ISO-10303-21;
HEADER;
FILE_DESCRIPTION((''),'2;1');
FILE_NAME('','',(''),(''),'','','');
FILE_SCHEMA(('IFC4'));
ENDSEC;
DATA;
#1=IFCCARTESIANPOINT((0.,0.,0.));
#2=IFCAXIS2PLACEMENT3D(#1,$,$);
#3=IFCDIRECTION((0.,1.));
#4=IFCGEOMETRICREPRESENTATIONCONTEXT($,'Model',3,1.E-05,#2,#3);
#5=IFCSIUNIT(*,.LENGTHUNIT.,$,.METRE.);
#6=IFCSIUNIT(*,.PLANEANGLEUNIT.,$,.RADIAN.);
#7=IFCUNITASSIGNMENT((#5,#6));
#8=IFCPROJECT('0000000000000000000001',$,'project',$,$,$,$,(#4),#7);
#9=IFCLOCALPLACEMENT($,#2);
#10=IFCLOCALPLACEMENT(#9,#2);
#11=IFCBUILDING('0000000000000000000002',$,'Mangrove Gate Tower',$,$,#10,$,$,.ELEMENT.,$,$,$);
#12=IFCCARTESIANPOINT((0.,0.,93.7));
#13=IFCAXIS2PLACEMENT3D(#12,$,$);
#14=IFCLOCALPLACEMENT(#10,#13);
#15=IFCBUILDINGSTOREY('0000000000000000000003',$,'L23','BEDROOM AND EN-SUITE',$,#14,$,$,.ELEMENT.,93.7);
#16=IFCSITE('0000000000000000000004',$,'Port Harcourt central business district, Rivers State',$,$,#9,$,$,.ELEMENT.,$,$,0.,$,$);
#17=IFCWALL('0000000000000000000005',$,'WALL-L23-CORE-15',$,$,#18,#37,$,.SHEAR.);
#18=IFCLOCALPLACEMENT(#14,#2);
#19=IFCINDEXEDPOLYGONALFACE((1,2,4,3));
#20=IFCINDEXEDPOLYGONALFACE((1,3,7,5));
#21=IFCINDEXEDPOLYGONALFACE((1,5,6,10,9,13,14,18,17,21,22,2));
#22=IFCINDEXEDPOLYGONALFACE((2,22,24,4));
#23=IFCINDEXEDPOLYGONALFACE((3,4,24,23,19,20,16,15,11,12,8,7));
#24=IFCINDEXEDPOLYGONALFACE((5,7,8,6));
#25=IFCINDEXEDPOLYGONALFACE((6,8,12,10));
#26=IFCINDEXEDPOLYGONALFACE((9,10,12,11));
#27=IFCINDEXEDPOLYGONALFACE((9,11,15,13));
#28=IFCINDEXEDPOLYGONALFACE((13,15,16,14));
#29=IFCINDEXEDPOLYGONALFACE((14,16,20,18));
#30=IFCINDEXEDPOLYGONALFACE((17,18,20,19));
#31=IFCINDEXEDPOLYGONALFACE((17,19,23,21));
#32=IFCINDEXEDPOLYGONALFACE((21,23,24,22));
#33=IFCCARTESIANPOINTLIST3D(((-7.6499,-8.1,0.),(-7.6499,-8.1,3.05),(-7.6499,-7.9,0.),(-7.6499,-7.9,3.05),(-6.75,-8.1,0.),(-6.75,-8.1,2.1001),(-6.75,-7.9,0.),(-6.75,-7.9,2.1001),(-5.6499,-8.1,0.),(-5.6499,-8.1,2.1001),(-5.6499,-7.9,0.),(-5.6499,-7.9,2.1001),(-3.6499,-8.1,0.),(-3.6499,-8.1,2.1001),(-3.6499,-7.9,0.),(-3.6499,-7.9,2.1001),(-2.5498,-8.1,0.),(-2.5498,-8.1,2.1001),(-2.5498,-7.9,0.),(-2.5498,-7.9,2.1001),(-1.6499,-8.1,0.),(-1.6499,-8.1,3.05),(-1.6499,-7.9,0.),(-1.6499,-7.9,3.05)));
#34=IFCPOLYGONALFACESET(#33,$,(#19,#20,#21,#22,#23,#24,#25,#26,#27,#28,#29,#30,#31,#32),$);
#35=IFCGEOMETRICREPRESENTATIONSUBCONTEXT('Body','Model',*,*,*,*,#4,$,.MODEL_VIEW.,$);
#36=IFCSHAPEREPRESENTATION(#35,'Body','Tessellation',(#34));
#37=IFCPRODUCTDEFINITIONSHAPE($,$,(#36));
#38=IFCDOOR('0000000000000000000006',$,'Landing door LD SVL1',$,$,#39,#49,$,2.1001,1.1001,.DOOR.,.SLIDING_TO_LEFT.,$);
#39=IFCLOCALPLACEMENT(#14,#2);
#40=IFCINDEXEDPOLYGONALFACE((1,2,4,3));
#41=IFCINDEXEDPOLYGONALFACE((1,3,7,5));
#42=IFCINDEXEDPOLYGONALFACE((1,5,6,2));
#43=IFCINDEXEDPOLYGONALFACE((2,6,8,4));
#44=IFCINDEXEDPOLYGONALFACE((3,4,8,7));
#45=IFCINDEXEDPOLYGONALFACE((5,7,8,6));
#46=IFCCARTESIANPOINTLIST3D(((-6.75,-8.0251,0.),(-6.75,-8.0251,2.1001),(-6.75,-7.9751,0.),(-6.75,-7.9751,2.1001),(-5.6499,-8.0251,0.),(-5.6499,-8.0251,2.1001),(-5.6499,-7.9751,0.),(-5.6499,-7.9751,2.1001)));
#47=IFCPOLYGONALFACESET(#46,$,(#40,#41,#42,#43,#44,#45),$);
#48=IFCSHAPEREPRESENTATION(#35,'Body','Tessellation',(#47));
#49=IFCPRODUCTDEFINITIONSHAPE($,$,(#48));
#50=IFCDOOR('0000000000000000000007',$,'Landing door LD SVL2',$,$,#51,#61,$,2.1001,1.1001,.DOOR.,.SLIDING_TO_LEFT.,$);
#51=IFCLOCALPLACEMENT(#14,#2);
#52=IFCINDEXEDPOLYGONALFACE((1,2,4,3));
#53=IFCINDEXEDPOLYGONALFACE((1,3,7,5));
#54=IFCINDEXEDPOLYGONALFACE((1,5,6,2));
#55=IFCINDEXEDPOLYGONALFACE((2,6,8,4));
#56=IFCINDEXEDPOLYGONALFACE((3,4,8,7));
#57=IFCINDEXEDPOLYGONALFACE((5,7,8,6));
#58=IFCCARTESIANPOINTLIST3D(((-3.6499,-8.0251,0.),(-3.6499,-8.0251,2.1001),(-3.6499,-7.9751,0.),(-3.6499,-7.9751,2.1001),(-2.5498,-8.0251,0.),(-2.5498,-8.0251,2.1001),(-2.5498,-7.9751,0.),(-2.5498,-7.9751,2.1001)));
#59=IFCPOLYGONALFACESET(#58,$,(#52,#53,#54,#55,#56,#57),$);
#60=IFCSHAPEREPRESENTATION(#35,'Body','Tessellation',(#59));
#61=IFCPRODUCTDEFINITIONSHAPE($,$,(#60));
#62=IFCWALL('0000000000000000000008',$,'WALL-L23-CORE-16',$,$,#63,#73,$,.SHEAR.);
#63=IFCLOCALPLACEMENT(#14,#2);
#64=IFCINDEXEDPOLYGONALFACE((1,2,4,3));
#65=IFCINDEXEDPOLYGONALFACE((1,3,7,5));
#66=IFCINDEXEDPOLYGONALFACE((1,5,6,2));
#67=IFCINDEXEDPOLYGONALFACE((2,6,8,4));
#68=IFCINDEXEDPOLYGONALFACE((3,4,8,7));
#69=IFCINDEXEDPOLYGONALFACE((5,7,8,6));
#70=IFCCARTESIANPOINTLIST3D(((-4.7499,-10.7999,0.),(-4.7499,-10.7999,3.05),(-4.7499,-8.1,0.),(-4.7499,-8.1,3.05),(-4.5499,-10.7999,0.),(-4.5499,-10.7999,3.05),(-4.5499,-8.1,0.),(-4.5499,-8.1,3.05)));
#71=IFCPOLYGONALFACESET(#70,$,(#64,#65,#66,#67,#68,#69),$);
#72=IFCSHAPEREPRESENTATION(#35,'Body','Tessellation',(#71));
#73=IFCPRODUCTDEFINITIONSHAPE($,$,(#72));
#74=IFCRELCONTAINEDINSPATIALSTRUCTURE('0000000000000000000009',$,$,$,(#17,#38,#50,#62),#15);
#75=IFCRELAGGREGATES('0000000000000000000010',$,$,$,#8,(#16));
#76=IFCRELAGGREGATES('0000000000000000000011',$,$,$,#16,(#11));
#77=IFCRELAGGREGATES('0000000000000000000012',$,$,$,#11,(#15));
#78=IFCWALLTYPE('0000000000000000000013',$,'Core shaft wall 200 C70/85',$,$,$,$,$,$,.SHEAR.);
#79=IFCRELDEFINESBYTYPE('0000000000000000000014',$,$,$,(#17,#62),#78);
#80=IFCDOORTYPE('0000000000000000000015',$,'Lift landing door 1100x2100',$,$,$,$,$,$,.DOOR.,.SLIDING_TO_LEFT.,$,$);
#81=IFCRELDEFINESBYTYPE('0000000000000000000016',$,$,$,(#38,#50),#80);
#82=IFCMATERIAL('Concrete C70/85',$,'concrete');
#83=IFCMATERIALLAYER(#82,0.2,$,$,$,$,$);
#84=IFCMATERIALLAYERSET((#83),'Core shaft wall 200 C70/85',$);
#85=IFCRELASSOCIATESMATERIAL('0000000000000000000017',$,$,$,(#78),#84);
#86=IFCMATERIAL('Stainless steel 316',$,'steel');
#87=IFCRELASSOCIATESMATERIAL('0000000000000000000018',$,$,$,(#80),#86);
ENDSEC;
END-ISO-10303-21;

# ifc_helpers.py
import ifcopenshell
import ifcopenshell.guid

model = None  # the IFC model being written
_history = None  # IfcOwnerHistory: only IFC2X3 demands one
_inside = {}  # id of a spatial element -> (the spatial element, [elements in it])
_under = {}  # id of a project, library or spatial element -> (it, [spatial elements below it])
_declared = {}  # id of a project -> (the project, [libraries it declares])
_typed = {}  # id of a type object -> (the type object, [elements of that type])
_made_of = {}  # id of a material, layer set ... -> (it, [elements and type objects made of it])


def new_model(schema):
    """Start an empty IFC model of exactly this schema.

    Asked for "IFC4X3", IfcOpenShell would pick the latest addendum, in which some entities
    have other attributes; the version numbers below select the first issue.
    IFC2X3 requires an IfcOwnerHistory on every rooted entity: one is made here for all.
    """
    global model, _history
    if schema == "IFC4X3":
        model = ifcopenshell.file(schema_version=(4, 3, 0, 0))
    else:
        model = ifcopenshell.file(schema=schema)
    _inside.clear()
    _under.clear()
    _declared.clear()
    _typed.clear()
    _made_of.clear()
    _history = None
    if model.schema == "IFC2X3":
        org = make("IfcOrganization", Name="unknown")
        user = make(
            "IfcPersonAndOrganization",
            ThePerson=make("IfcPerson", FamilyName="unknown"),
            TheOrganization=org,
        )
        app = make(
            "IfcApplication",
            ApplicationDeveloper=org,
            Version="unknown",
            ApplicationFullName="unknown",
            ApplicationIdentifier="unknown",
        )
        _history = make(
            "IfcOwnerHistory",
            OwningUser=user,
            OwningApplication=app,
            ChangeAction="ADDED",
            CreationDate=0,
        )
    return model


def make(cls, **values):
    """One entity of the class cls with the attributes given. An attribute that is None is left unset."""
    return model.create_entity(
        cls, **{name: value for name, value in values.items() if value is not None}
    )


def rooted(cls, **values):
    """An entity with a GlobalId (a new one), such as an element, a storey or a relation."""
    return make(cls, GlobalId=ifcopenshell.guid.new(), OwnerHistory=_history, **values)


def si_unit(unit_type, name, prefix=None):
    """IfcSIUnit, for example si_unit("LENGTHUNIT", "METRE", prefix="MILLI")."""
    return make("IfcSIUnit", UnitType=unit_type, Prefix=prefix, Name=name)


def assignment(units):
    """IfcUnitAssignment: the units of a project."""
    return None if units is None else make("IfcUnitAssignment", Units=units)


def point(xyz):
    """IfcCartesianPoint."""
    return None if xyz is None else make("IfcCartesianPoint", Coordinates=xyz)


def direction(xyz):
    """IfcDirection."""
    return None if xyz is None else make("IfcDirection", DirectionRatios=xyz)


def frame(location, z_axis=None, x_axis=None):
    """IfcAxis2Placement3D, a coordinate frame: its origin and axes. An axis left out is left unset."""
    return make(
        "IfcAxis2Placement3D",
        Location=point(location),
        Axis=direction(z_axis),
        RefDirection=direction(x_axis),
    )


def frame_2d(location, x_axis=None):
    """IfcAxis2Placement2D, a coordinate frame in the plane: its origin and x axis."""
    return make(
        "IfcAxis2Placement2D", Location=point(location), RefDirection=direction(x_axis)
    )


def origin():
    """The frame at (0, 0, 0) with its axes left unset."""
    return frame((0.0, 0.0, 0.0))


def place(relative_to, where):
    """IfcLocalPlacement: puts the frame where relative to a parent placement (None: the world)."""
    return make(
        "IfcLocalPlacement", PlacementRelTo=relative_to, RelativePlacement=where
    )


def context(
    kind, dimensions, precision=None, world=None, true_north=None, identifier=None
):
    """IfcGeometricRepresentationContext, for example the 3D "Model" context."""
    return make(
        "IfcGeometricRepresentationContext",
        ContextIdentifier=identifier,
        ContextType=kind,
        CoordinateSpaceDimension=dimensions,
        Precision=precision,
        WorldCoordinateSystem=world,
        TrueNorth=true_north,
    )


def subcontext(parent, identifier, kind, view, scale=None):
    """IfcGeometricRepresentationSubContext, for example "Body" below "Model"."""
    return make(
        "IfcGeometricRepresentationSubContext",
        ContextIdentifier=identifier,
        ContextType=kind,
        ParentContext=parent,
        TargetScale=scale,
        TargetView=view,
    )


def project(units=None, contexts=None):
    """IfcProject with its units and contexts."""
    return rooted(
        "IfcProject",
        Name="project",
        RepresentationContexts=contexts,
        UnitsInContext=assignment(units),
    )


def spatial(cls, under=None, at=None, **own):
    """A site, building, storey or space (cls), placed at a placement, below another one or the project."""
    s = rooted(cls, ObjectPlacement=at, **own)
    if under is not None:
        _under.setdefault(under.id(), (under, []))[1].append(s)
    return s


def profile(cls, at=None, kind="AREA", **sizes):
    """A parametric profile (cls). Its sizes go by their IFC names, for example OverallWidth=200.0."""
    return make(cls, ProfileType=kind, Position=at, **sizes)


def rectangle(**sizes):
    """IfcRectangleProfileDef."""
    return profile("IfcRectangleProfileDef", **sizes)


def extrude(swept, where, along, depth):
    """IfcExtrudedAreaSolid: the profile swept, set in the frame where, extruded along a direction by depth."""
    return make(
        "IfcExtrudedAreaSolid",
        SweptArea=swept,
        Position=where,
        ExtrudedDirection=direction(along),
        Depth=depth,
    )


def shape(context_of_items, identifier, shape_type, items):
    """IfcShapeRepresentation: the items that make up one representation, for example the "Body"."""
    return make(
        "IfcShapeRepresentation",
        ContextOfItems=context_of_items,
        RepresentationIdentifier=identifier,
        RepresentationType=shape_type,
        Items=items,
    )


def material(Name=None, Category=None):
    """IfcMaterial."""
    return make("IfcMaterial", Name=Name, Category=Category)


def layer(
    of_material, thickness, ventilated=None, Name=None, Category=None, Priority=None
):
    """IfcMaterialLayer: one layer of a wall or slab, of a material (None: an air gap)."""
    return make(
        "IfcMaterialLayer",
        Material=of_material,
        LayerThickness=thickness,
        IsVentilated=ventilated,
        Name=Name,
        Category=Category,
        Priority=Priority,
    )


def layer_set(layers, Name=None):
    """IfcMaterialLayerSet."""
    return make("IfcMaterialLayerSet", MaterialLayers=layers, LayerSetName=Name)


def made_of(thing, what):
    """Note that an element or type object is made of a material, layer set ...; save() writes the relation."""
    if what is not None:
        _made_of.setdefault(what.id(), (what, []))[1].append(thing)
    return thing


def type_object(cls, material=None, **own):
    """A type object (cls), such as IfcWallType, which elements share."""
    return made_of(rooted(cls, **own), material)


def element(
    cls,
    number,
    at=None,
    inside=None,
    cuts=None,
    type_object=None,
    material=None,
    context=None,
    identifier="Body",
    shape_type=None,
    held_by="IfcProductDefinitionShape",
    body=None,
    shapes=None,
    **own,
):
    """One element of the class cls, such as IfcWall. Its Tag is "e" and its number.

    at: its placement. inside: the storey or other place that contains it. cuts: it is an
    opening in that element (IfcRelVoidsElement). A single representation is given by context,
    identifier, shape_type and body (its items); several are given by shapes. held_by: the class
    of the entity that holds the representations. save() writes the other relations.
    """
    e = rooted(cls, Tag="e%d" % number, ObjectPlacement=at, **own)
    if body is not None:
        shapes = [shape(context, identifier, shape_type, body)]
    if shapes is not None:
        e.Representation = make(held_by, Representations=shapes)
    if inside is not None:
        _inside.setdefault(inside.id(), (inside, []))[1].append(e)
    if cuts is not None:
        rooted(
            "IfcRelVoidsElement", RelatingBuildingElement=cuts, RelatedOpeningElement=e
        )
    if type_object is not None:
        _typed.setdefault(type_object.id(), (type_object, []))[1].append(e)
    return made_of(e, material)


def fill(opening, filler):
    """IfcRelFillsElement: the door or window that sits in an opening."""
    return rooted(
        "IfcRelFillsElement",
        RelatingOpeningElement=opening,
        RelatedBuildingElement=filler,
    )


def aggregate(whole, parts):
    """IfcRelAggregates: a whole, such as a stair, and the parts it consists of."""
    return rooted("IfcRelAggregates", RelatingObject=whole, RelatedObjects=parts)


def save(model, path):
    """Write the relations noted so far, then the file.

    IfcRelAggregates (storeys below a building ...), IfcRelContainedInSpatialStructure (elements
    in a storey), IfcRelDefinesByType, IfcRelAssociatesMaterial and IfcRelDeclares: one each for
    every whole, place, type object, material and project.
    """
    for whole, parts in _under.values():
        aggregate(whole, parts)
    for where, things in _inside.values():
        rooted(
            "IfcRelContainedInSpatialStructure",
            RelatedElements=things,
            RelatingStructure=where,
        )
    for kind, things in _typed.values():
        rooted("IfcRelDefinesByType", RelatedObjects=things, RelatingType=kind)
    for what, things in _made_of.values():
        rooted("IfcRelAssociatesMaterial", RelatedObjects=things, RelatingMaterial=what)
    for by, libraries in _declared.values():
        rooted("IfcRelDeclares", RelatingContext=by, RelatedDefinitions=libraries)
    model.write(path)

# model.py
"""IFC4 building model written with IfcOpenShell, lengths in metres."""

from ifc_helpers import new_model, si_unit, direction, frame, frame_2d, origin, place, context, subcontext, project, spatial, rectangle, extrude, material, layer, layer_set, type_object, element, fill, save


model = new_model("IFC4")

# Units and contexts
model_context = context("Model", 3, precision=1e-05, world=origin(), true_north=direction((0.0, 1.0)))
body_context = subcontext(model_context, "Body", "Model", "MODEL_VIEW")
ifc_project = project(units=[si_unit("LENGTHUNIT", "METRE"), si_unit("PLANEANGLEUNIT", "RADIAN")], contexts=[model_context])

# Site, building, storey
site_placement = place(None, origin())
site = spatial("IfcSite", under=ifc_project, at=site_placement, Name="Port Harcourt central business district, Rivers State", CompositionType="ELEMENT", RefElevation=0.0)
building_placement = place(site_placement, origin())
building = spatial("IfcBuilding", under=site, at=building_placement, Name="Mangrove Gate Tower", CompositionType="ELEMENT")
storey_placement = place(building_placement, frame((0.0, 0.0, 93.7)))
storey = spatial("IfcBuildingStorey", under=building, at=storey_placement, Name="L23", Description="BEDROOM AND EN-SUITE", CompositionType="ELEMENT", Elevation=93.7)

# Wall, openings, doors
ifc_material_1 = material(Name="Concrete C70/85", Category="concrete")
ifc_layer_1 = layer(ifc_material_1, 0.2)
ifc_layer_set_1 = layer_set([ifc_layer_1], Name="Core shaft wall 200 C70/85")
wall_type_1 = type_object("IfcWallType", Name="Core shaft wall 200 C70/85", PredefinedType="SHEAR", material=ifc_layer_set_1)
wall_1_placement = place(storey_placement, frame((-7.6499, -8.0, 0.0), z_axis=(0.0, 0.0, 1.0), x_axis=(1.0, 0.0, 0.0)))
wall_1 = element("IfcWall", 1, at=wall_1_placement, inside=storey, type_object=wall_type_1, Name="WALL-L23-CORE-15", PredefinedType="SHEAR", context=body_context, shape_type="SweptSolid", body=[
    extrude(rectangle(XDim=6.0, YDim=0.2, at=frame_2d((3.0, 0.0))), origin(), (0.0, 0.0, 1.0), 3.05),
])
opening_1_placement = place(wall_1_placement, frame((0.8999, 0.0, 0.0)))
opening_1 = element("IfcOpeningElement", 2, at=opening_1_placement, cuts=wall_1, PredefinedType="OPENING", context=body_context, shape_type="SweptSolid", body=[
    extrude(rectangle(XDim=1.1001, YDim=2.1001, at=frame_2d((0.55, 1.05))), frame((0.0, 0.1099, 0.0), z_axis=(0.0, -1.0, 0.0), x_axis=(1.0, 0.0, 0.0)), (0.0, 0.0, 1.0), 0.22),
])
opening_2_placement = place(wall_1_placement, frame((4.0, 0.0, 0.0)))
opening_2 = element("IfcOpeningElement", 3, at=opening_2_placement, cuts=wall_1, PredefinedType="OPENING", context=body_context, shape_type="SweptSolid", body=[
    extrude(rectangle(XDim=1.1001, YDim=2.1001, at=frame_2d((0.55, 1.05))), frame((0.0, 0.1099, 0.0), z_axis=(0.0, -1.0, 0.0), x_axis=(1.0, 0.0, 0.0)), (0.0, 0.0, 1.0), 0.22),
])
ifc_material_2 = material(Name="Stainless steel 316", Category="steel")
door_type_1 = type_object("IfcDoorType", Name="Lift landing door 1100x2100", OperationType="SLIDING_TO_LEFT", PredefinedType="DOOR", material=ifc_material_2)
door_1_placement = place(opening_1_placement, origin())
door_1 = element("IfcDoor", 4, at=door_1_placement, inside=storey, type_object=door_type_1, Name="Landing door LD SVL1", OperationType="SLIDING_TO_LEFT", OverallHeight=2.1001, OverallWidth=1.1001, PredefinedType="DOOR", context=body_context, shape_type="SweptSolid", body=[
    extrude(rectangle(XDim=1.1001, YDim=2.1001, at=frame_2d((0.55, 1.05))), frame((0.0, 0.0249, 0.0), z_axis=(0.0, -1.0, 0.0), x_axis=(1.0, 0.0, 0.0)), (0.0, 0.0, 1.0), 0.05),
])
fill(opening_1, door_1)
door_2_placement = place(opening_2_placement, origin())
door_2 = element("IfcDoor", 5, at=door_2_placement, inside=storey, type_object=door_type_1, Name="Landing door LD SVL2", OperationType="SLIDING_TO_LEFT", OverallHeight=2.1001, OverallWidth=1.1001, PredefinedType="DOOR", context=body_context, shape_type="SweptSolid", body=[
    extrude(rectangle(XDim=1.1001, YDim=2.1001, at=frame_2d((0.55, 1.05))), frame((0.0, 0.0249, 0.0), z_axis=(0.0, -1.0, 0.0), x_axis=(1.0, 0.0, 0.0)), (0.0, 0.0, 1.0), 0.05),
])
fill(opening_2, door_2)

# Wall
wall_2_placement = place(storey_placement, frame((-4.6499, -10.8, 0.0), z_axis=(0.0, 0.0, 1.0), x_axis=(0.0, 1.0, 0.0)))
element("IfcWall", 6, at=wall_2_placement, inside=storey, type_object=wall_type_1, Name="WALL-L23-CORE-16", PredefinedType="SHEAR", context=body_context, shape_type="SweptSolid", body=[
    extrude(rectangle(XDim=2.7, YDim=0.2, at=frame_2d((1.3501, 0.0))), origin(), (0.0, 0.0, 1.0), 3.05),
])

save(model, "model.ifc")
